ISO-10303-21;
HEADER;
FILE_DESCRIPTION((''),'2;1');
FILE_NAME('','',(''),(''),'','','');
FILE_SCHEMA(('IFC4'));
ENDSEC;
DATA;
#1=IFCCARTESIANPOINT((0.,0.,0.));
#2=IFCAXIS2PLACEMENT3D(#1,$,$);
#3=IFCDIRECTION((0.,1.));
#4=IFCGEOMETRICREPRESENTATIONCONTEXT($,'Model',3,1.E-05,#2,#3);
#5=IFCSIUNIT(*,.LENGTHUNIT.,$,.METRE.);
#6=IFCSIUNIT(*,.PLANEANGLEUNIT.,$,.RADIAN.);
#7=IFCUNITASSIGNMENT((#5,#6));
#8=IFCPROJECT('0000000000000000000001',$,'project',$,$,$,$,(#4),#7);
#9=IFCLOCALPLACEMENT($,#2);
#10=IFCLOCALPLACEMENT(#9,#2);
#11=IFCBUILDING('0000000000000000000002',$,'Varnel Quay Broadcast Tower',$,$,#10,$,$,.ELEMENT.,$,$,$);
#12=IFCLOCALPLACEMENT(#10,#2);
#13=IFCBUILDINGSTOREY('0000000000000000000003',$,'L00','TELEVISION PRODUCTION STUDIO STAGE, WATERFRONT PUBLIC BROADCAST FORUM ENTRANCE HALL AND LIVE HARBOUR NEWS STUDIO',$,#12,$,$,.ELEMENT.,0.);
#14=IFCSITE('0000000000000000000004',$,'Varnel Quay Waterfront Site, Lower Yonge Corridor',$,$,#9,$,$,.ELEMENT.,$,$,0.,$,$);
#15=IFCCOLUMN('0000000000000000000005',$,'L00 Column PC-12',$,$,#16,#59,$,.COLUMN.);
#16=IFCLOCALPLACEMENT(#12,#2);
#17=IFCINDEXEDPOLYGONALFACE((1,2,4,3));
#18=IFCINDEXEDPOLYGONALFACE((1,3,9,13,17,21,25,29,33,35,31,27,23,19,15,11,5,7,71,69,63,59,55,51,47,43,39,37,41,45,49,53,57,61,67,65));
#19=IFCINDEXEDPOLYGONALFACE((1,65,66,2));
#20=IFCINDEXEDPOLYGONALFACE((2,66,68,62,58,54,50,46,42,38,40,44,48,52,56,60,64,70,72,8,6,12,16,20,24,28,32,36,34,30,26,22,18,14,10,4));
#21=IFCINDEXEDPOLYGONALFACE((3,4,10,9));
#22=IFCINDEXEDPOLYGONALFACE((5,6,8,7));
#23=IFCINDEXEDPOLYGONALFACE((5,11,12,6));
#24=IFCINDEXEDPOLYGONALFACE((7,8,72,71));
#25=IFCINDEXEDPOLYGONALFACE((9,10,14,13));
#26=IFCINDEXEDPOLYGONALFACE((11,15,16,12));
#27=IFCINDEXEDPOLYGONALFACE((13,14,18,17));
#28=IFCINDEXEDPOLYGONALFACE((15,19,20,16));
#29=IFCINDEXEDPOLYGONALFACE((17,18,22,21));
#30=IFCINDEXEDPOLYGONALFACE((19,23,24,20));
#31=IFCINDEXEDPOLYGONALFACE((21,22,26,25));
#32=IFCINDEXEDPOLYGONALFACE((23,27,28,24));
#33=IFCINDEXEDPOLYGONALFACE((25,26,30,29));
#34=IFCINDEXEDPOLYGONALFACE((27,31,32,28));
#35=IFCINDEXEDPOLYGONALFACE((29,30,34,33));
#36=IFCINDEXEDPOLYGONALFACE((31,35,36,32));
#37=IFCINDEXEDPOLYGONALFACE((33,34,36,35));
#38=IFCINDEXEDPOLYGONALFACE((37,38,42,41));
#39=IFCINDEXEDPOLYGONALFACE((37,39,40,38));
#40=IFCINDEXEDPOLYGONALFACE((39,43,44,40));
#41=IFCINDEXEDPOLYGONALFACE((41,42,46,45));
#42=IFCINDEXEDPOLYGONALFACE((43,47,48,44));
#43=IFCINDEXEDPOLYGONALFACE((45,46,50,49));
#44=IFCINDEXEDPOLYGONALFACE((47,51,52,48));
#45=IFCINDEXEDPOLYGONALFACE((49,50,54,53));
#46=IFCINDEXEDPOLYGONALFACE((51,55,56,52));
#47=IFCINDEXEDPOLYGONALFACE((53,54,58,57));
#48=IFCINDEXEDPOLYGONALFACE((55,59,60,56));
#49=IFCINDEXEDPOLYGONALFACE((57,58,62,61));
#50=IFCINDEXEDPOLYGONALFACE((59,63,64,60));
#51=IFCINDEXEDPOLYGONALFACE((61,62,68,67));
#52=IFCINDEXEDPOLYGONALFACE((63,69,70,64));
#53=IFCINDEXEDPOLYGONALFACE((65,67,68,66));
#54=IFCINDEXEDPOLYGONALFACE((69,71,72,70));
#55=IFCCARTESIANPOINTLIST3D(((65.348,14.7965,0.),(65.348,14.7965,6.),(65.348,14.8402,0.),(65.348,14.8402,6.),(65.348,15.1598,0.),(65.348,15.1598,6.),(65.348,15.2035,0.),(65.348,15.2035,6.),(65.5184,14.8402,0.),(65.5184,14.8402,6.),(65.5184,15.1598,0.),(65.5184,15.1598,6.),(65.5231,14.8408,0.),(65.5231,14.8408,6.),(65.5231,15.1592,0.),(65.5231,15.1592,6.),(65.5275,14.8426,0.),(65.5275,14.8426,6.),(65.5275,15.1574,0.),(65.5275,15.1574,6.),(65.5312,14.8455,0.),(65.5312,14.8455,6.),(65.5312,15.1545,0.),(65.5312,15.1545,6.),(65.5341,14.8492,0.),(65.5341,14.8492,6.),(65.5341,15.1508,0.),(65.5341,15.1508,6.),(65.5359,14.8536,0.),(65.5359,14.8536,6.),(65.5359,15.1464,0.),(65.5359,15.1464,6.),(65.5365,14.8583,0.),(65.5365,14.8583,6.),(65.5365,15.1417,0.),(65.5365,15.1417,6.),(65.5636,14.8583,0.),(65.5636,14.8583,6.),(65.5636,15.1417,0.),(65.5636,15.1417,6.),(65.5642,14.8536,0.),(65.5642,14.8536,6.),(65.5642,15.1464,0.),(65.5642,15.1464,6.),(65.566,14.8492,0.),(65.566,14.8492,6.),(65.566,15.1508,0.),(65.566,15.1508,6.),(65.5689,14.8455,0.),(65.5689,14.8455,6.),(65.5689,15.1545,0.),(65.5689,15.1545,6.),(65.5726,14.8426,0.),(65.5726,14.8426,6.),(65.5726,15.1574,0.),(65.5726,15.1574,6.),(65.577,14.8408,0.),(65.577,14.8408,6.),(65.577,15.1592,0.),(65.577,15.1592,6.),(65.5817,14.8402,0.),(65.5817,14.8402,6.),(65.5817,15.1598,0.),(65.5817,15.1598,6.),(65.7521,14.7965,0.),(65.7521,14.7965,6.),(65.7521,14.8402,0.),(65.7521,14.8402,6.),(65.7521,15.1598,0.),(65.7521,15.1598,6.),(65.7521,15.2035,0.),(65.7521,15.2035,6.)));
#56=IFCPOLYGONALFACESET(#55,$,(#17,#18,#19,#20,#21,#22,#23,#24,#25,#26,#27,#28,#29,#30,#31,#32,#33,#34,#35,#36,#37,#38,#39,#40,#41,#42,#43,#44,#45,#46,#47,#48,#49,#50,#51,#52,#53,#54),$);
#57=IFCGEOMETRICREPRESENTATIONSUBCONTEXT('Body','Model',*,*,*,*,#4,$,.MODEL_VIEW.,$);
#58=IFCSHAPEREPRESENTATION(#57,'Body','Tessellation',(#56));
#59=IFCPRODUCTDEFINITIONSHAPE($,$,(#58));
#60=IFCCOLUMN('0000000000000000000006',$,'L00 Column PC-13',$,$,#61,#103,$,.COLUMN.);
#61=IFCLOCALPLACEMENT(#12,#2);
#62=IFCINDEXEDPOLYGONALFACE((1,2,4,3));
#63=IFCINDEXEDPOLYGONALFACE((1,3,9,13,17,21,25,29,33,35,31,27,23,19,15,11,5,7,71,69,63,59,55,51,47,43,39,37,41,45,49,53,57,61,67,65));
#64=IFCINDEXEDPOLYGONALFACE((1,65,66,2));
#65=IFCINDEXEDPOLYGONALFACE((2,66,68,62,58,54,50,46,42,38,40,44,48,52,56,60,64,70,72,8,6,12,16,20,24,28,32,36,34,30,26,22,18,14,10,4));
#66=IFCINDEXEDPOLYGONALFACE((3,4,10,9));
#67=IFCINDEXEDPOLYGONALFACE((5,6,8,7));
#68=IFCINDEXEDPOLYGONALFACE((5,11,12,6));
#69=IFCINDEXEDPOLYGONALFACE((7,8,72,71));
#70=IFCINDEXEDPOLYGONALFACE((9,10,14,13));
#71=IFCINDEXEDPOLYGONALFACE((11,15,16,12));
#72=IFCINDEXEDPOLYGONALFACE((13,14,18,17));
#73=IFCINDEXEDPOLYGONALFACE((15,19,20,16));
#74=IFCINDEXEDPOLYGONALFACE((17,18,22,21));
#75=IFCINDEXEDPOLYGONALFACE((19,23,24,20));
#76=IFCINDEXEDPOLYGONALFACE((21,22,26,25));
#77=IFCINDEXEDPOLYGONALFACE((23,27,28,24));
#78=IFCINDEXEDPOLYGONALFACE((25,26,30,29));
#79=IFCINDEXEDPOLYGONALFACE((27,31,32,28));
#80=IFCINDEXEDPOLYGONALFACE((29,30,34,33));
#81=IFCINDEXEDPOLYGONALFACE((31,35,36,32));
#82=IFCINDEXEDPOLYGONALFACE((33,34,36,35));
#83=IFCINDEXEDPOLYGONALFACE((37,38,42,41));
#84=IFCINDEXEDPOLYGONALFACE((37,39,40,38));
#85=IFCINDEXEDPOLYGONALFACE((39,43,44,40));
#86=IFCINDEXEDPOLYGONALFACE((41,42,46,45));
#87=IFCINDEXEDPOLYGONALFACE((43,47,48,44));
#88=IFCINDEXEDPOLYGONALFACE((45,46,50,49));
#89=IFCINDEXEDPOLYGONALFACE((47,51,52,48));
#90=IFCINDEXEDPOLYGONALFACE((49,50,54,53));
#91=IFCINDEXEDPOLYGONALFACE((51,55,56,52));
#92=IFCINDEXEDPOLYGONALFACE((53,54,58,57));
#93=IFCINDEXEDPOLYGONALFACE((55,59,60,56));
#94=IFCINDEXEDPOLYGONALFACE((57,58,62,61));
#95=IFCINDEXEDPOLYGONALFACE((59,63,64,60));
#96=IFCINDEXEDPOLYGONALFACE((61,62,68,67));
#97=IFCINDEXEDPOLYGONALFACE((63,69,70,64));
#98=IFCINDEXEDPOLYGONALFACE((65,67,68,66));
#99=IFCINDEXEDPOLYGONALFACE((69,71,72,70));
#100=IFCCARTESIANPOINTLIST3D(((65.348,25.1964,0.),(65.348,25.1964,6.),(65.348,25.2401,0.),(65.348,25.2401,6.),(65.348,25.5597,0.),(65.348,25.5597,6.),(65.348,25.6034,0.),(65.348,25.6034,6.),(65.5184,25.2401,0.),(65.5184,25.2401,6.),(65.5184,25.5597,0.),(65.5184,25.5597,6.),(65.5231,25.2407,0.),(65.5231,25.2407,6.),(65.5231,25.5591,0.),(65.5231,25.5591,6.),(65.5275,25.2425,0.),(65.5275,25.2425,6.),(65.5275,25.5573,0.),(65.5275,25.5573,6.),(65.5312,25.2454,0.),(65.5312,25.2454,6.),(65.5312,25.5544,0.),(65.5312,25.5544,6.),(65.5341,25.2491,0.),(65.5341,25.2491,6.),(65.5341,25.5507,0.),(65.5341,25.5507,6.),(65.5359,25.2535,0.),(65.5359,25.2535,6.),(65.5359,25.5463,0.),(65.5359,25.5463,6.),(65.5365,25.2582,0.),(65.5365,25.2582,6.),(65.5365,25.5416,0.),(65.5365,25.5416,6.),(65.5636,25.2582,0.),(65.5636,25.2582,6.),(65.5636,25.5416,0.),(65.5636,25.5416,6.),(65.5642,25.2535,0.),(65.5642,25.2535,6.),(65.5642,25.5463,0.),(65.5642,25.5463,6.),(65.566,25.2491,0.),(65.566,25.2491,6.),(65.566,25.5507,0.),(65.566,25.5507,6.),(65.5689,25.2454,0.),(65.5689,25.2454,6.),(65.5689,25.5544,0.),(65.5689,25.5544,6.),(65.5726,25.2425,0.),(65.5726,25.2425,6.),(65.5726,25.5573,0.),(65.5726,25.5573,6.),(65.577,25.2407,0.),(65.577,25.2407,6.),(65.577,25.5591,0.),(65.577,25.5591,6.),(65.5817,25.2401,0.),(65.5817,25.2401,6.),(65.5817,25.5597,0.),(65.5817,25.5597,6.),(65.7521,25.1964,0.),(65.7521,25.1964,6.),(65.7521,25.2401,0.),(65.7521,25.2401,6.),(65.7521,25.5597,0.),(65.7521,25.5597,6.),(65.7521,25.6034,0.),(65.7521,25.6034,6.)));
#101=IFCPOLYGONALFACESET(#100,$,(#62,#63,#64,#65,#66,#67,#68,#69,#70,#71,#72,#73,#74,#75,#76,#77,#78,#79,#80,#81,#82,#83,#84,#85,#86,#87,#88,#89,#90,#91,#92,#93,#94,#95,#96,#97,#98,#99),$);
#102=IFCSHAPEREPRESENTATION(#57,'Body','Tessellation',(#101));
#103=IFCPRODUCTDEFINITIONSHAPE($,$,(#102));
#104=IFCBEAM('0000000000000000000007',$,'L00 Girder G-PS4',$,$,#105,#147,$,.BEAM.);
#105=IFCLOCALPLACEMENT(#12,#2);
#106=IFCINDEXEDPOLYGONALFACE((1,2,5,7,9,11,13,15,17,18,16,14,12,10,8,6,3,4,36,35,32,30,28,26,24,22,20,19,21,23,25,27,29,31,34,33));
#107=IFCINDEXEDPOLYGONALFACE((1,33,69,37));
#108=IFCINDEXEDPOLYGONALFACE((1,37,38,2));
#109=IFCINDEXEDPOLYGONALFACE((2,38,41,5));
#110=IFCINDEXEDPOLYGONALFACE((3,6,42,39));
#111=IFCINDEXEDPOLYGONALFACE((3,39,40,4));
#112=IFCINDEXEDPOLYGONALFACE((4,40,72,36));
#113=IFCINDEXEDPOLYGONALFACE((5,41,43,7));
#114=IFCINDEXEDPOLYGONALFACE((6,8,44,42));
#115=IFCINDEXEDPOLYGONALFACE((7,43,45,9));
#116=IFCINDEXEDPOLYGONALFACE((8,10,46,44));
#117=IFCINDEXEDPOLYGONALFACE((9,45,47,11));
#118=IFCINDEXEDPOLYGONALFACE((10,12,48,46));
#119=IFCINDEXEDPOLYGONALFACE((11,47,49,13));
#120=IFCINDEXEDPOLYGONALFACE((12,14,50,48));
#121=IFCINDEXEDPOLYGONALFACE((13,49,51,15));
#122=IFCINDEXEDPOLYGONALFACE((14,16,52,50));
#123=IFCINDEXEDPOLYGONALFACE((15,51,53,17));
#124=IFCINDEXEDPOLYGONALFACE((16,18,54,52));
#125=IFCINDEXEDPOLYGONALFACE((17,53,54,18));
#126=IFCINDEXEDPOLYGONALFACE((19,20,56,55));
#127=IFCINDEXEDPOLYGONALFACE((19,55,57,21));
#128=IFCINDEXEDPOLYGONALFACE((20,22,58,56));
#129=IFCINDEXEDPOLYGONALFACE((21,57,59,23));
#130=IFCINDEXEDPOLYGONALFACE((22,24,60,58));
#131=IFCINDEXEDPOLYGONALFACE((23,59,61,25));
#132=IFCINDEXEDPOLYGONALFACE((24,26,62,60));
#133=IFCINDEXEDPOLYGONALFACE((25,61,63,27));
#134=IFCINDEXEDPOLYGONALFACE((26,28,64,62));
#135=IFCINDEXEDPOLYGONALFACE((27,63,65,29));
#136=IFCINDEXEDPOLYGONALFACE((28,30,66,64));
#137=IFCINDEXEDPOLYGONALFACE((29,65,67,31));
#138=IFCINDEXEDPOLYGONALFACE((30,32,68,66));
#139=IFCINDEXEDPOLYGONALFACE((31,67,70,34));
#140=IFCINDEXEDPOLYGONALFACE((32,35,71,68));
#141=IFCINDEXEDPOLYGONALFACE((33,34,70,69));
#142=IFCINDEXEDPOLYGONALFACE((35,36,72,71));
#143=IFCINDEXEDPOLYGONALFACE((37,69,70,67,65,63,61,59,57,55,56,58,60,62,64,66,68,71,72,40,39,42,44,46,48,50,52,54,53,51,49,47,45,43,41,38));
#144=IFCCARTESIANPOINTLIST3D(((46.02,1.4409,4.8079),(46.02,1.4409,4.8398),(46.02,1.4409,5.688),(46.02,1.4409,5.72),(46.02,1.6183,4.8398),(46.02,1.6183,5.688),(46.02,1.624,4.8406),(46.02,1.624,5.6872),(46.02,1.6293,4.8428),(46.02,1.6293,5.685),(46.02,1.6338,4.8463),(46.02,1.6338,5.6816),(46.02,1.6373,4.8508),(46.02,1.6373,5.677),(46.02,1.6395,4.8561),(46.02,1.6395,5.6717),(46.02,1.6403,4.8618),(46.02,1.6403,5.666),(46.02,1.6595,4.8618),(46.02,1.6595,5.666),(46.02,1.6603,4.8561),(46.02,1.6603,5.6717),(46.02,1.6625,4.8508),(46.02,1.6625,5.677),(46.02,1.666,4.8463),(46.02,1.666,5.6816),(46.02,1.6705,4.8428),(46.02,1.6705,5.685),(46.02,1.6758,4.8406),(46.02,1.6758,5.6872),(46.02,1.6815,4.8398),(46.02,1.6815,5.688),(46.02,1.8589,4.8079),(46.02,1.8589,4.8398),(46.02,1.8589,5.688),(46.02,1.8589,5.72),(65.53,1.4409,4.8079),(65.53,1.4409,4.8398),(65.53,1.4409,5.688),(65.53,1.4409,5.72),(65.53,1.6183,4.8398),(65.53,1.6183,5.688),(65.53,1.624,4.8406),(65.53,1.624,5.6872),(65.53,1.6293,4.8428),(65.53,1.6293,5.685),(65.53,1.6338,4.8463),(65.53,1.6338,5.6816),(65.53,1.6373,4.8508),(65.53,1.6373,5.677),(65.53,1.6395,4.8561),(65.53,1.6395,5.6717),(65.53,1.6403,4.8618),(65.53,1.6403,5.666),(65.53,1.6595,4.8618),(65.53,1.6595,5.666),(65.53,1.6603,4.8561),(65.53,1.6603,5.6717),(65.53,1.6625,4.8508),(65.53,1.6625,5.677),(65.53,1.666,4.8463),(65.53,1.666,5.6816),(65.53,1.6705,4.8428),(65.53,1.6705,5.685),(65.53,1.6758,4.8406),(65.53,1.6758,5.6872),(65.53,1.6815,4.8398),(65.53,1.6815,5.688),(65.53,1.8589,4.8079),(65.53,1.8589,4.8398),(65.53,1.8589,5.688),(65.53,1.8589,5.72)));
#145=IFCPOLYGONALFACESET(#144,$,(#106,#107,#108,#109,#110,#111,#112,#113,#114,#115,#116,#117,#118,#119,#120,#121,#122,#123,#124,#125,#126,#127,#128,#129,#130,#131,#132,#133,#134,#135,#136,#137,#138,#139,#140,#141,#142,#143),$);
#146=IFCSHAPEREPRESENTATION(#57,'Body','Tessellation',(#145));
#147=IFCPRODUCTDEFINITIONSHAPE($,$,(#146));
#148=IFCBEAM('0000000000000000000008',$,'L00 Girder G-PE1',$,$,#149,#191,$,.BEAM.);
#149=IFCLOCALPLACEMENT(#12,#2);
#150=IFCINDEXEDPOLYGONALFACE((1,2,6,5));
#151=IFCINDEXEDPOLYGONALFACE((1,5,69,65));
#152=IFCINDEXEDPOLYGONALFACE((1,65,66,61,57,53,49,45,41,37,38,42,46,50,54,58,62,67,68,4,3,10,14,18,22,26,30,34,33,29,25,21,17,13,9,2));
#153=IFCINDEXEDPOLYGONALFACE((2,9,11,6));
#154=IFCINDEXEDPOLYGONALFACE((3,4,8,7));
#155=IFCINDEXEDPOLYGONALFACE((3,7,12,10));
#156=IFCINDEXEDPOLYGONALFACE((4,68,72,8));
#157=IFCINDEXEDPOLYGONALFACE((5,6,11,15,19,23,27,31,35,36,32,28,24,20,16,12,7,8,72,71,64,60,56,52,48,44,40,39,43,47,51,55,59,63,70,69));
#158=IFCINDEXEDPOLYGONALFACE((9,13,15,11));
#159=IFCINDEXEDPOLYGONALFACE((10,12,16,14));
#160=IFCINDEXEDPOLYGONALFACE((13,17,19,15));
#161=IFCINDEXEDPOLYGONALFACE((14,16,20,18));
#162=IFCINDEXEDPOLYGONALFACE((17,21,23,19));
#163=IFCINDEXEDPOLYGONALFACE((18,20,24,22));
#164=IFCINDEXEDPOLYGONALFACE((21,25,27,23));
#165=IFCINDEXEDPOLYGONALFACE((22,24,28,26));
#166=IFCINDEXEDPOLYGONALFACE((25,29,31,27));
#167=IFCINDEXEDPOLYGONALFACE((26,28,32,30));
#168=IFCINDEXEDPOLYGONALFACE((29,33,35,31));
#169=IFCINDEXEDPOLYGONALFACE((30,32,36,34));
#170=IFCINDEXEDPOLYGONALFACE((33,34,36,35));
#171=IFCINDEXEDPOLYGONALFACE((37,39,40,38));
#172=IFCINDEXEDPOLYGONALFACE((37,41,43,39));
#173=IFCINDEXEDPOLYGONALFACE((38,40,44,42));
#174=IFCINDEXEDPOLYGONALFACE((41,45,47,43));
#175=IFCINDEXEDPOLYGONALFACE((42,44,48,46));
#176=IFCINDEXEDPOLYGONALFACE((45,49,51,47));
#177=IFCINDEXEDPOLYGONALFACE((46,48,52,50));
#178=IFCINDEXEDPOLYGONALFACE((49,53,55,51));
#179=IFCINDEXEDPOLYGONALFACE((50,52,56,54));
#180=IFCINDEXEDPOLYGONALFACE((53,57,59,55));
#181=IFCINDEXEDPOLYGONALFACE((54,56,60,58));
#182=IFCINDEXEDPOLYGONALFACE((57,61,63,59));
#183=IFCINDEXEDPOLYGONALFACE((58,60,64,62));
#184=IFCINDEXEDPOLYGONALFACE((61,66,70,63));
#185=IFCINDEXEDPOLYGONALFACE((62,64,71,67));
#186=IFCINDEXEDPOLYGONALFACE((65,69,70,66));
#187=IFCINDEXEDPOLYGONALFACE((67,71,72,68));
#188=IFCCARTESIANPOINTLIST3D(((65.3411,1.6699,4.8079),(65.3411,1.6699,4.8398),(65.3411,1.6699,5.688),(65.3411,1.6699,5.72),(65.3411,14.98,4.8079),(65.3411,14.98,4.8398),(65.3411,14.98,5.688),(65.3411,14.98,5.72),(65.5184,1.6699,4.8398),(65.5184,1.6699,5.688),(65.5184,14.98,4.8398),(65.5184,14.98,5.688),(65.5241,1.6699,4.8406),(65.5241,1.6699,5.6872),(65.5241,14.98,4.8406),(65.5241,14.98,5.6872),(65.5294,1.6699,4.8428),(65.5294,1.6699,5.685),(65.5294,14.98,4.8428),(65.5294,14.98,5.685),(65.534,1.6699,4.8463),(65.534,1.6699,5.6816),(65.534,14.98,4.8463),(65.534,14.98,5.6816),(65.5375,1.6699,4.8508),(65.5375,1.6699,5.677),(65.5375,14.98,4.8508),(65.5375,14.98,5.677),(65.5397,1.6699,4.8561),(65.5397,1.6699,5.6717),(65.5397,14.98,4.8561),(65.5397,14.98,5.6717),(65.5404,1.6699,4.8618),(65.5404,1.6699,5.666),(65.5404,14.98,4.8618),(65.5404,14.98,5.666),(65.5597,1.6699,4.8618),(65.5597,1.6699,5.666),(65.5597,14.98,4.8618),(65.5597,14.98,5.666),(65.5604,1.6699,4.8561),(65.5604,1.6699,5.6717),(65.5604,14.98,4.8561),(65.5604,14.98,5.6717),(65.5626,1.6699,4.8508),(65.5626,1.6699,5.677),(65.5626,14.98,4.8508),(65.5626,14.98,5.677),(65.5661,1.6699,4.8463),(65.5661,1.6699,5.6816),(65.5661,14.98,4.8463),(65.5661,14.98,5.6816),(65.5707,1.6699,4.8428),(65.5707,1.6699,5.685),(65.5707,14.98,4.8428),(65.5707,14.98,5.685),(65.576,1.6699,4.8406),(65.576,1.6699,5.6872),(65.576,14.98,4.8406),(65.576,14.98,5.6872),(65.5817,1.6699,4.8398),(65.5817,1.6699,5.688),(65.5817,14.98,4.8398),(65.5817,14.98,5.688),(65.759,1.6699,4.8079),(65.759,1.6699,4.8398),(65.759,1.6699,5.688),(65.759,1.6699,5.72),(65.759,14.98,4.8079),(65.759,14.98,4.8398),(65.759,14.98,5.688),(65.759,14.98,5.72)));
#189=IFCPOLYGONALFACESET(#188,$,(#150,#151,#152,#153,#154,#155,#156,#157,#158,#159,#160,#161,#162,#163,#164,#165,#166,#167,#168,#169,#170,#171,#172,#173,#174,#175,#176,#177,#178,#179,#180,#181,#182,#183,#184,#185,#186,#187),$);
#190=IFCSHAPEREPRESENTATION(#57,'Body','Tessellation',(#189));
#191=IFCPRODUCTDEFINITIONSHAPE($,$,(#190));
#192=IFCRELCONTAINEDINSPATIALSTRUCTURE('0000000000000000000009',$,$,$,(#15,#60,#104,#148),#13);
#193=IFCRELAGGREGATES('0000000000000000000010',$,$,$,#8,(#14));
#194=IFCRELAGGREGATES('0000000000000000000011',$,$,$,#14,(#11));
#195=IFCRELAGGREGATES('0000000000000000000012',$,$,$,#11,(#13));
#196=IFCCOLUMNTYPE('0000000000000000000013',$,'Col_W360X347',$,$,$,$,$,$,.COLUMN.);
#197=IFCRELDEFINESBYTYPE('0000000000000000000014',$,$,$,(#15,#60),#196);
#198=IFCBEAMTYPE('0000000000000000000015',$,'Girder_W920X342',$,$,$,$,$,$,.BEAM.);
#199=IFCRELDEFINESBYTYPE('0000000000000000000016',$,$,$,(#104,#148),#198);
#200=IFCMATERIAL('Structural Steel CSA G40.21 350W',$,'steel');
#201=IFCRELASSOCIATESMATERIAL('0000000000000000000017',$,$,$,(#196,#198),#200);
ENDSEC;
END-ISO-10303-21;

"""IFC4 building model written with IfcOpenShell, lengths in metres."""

from ifc_helpers import new_model, si_unit, direction, frame, origin, origin_2d, place, context, subcontext, project, spatial, i_section, extrude, source, transform, mapped, material, material_profile, profile_set, type_object, type_shapes, element, save


model = new_model("IFC4")

# Units and contexts
model_context = context("Model", 3, precision=1e-05, world=origin(), true_north=direction((0.0, 1.0)))
body_context = subcontext(model_context, "Body", "Model", "MODEL_VIEW")
ifc_project = project(units=[si_unit("LENGTHUNIT", "METRE"), si_unit("PLANEANGLEUNIT", "RADIAN")], contexts=[model_context])

# Site, building, storey
site_placement = place(None, origin())
site = spatial("IfcSite", under=ifc_project, at=site_placement, Name="Varnel Quay Waterfront Site, Lower Yonge Corridor", CompositionType="ELEMENT", RefElevation=0.0)
building_placement = place(site_placement, origin())
building = spatial("IfcBuilding", under=site, at=building_placement, Name="Varnel Quay Broadcast Tower", CompositionType="ELEMENT")
storey_placement = place(building_placement, origin())
storey = spatial("IfcBuildingStorey", under=building, at=storey_placement, Name="L00", Description="TELEVISION PRODUCTION STUDIO STAGE, WATERFRONT PUBLIC BROADCAST FORUM ENTRANCE HALL AND LIVE HARBOUR NEWS STUDIO", CompositionType="ELEMENT", Elevation=0.0)

# Columns
ifc_material_1 = material(Name="Structural Steel CSA G40.21 350W", Category="steel")
ifc_material_profile_1 = material_profile(ifc_material_1, i_section(OverallWidth=0.4041, OverallDepth=0.407, WebThickness=0.0271, FlangeThickness=0.0437, FilletRadius=0.0181, at=origin_2d()), Name="W360X347")
ifc_profile_set_1 = profile_set([ifc_material_profile_1], Name="Structural Steel CSA G40.21 350W")
column_type_1 = type_object("IfcColumnType", Name="Col_W360X347", PredefinedType="COLUMN", material=ifc_profile_set_1)
shared_shape_1 = source(origin(), body_context, "Body", "SweptSolid", [
    extrude(i_section(OverallWidth=0.4041, OverallDepth=0.407, WebThickness=0.0271, FlangeThickness=0.0437, FilletRadius=0.0181, at=origin_2d()), origin(), (0.0, 0.0, 1.0), 6.0),
])
type_shapes(column_type_1, [shared_shape_1])
for number, where, z_axis, x_axis, name in (
    (1, (65.55, 15.0, 0.0), (0.0, 0.0, 1.0), (1.0, 0.0, 0.0), "L00 Column PC-12"),
    (2, (65.55, 25.3999, 0.0), (0.0, 0.0, 1.0), (1.0, 0.0, 0.0), "L00 Column PC-13"),
):
    element("IfcColumn", number, at=place(storey_placement, frame(where, z_axis=z_axis, x_axis=x_axis)), inside=storey, type_object=column_type_1, Name=name, PredefinedType="COLUMN", context=body_context, shape_type="MappedRepresentation", body=[
        mapped(shared_shape_1, transform((0.0, 0.0, 0.0), x_axis=(1.0, 0.0, 0.0), y_axis=(0.0, 1.0, 0.0), z_axis=(0.0, 0.0, 1.0), scale=1.0)),
    ])

# Beams
ifc_material_profile_2 = material_profile(ifc_material_1, i_section(OverallWidth=0.418, OverallDepth=0.9121, WebThickness=0.0193, FlangeThickness=0.032, FilletRadius=0.022, at=origin_2d()), Name="W920X342")
ifc_profile_set_2 = profile_set([ifc_material_profile_2], Name="Structural Steel CSA G40.21 350W")
beam_type = type_object("IfcBeamType", Name="Girder_W920X342", PredefinedType="BEAM", material=ifc_profile_set_2)
shared_shape_2 = source(origin(), body_context, "Body", "SweptSolid", [
    extrude(i_section(OverallWidth=0.418, OverallDepth=0.9121, WebThickness=0.0193, FlangeThickness=0.032, FilletRadius=0.022, at=origin_2d()), origin(), (0.0, 0.0, 1.0), 19.51),
])
beam_1_placement = place(storey_placement, frame((46.02, 1.6499, 5.2639), z_axis=(1.0, 0.0, 0.0), x_axis=(0.0, 1.0, 0.0)))
element("IfcBeam", 3, at=beam_1_placement, inside=storey, type_object=beam_type, Name="L00 Girder G-PS4", PredefinedType="BEAM", context=body_context, shape_type="MappedRepresentation", body=[
    mapped(shared_shape_2, transform((0.0, 0.0, 0.0), x_axis=(1.0, 0.0, 0.0), y_axis=(0.0, 1.0, 0.0), z_axis=(0.0, 0.0, 1.0), scale=1.0)),
])
shared_shape_3 = source(origin(), body_context, "Body", "SweptSolid", [
    extrude(i_section(OverallWidth=0.418, OverallDepth=0.9121, WebThickness=0.0193, FlangeThickness=0.032, FilletRadius=0.022, at=origin_2d()), origin(), (0.0, 0.0, 1.0), 13.3101),
])
beam_2_placement = place(storey_placement, frame((65.55, 1.6699, 5.2639), z_axis=(0.0, 1.0, 0.0), x_axis=(-1.0, 0.0, 0.0)))
element("IfcBeam", 4, at=beam_2_placement, inside=storey, type_object=beam_type, Name="L00 Girder G-PE1", PredefinedType="BEAM", context=body_context, shape_type="MappedRepresentation", body=[
    mapped(shared_shape_3, transform((0.0, 0.0, 0.0), x_axis=(1.0, 0.0, 0.0), y_axis=(0.0, 1.0, 0.0), z_axis=(0.0, 0.0, 1.0), scale=1.0)),
])

save(model, "model.ifc")
